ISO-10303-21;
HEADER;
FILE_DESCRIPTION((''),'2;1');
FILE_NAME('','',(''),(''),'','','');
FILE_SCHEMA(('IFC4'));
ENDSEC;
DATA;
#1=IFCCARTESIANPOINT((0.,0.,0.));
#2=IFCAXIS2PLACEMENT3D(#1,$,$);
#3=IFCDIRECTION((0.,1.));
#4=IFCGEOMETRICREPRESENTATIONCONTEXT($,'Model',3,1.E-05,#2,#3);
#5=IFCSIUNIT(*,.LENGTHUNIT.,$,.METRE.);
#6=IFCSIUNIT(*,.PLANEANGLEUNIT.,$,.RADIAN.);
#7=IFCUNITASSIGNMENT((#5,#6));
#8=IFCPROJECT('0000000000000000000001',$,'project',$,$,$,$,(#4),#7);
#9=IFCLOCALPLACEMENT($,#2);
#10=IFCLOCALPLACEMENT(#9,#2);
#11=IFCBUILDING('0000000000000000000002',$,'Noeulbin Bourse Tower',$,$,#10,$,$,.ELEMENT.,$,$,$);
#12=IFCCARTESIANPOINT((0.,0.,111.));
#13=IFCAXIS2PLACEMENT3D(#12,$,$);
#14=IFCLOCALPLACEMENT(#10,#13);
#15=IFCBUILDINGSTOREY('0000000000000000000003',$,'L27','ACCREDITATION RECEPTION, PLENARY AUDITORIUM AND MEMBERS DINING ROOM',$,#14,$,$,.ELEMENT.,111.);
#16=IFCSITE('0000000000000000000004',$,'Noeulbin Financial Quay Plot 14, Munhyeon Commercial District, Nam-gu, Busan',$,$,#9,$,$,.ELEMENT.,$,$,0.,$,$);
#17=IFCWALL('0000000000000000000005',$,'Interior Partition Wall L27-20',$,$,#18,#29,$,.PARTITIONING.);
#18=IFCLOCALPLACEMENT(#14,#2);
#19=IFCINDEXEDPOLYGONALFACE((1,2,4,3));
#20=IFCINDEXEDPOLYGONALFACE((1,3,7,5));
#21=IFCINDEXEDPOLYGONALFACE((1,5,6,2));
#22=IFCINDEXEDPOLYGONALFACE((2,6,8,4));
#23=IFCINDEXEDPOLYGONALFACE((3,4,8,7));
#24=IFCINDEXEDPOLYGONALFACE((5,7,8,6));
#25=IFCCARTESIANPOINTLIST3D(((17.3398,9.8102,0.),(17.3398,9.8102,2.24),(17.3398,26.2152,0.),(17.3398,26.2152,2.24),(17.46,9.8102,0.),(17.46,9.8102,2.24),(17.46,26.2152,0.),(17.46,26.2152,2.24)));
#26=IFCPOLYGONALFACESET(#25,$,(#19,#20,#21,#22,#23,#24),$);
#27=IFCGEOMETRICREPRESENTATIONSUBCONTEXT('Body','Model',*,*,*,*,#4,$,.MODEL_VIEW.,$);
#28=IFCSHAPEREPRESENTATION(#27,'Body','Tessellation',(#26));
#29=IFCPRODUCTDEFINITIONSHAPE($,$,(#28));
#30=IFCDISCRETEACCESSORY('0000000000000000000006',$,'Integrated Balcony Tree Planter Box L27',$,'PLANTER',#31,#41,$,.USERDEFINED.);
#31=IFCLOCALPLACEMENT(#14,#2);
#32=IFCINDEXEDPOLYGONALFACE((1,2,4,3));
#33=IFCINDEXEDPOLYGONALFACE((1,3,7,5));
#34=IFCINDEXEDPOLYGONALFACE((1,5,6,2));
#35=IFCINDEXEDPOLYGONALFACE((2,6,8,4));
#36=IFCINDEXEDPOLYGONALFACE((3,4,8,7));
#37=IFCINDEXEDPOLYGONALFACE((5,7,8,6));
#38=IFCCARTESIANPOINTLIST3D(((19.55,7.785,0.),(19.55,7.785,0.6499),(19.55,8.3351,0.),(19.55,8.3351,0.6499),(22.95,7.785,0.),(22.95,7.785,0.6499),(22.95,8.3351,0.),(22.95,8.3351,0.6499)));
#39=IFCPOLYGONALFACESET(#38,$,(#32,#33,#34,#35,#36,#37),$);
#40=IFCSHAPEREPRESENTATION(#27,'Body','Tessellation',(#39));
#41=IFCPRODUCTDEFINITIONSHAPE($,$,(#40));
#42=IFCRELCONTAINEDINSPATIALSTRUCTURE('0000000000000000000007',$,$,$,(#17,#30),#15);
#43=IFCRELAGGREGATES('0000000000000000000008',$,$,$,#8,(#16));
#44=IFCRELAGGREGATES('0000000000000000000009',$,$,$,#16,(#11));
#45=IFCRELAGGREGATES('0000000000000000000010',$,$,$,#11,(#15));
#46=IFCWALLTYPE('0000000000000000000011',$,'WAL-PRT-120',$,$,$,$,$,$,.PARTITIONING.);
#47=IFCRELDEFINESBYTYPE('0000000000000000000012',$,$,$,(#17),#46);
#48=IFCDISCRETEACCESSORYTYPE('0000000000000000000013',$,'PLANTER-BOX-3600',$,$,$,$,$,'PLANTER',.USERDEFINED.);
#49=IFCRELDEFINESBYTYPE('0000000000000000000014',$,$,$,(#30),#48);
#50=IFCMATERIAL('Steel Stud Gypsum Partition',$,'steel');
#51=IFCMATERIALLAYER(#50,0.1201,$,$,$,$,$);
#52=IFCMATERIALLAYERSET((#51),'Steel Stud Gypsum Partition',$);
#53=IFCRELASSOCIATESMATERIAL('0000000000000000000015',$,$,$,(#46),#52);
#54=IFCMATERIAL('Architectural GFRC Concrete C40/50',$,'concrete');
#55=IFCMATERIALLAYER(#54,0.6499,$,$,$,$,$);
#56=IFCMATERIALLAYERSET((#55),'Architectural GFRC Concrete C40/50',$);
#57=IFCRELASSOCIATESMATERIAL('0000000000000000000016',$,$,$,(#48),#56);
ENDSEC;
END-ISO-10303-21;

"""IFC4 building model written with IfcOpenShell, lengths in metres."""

from ifc_helpers import new_model, si_unit, direction, frame, frame_2d, origin, origin_2d, place, context, subcontext, project, spatial, rectangle, extrude, material, layer, layer_set, type_object, element, save


model = new_model("IFC4")

# Units and contexts
model_context = context("Model", 3, precision=1e-05, world=origin(), true_north=direction((0.0, 1.0)))
body_context = subcontext(model_context, "Body", "Model", "MODEL_VIEW")
ifc_project = project(units=[si_unit("LENGTHUNIT", "METRE"), si_unit("PLANEANGLEUNIT", "RADIAN")], contexts=[model_context])

# Site, building, storey
site_placement = place(None, origin())
site = spatial("IfcSite", under=ifc_project, at=site_placement, Name="Noeulbin Financial Quay Plot 14, Munhyeon Commercial District, Nam-gu, Busan", CompositionType="ELEMENT", RefElevation=0.0)
building_placement = place(site_placement, origin())
building = spatial("IfcBuilding", under=site, at=building_placement, Name="Noeulbin Bourse Tower", CompositionType="ELEMENT")
storey_placement = place(building_placement, frame((0.0, 0.0, 111.0)))
storey = spatial("IfcBuildingStorey", under=building, at=storey_placement, Name="L27", Description="ACCREDITATION RECEPTION, PLENARY AUDITORIUM AND MEMBERS DINING ROOM", CompositionType="ELEMENT", Elevation=111.0)

# Wall
ifc_material_1 = material(Name="Steel Stud Gypsum Partition", Category="steel")
ifc_layer_1 = layer(ifc_material_1, 0.1201)
ifc_layer_set_1 = layer_set([ifc_layer_1], Name="Steel Stud Gypsum Partition")
wall_type_1 = type_object("IfcWallType", Name="WAL-PRT-120", PredefinedType="PARTITIONING", material=ifc_layer_set_1)
wall_1_placement = place(storey_placement, frame((17.3999, 9.8101, 0.0), z_axis=(0.0, 0.0, 1.0), x_axis=(0.0, 1.0, 0.0)))
element("IfcWall", 1, at=wall_1_placement, inside=storey, type_object=wall_type_1, Name="Interior Partition Wall L27-20", PredefinedType="PARTITIONING", context=body_context, shape_type="SweptSolid", body=[
    extrude(rectangle(XDim=16.405, YDim=0.1201, at=frame_2d((8.2026, 0.0))), origin(), (0.0, 0.0, 1.0), 2.24),
])

# Discrete accessory
ifc_material_2 = material(Name="Architectural GFRC Concrete C40/50", Category="concrete")
ifc_layer_2 = layer(ifc_material_2, 0.6499)
ifc_layer_set_2 = layer_set([ifc_layer_2], Name="Architectural GFRC Concrete C40/50")
discrete_accessory_type = type_object("IfcDiscreteAccessoryType", Name="PLANTER-BOX-3600", ElementType="PLANTER", PredefinedType="USERDEFINED", material=ifc_layer_set_2)
discrete_accessory_placement = place(storey_placement, frame((21.25, 8.0601, 0.0), z_axis=(0.0, 0.0, 1.0), x_axis=(1.0, 0.0, 0.0)))
element("IfcDiscreteAccessory", 2, at=discrete_accessory_placement, inside=storey, type_object=discrete_accessory_type, Name="Integrated Balcony Tree Planter Box L27", ObjectType="PLANTER", PredefinedType="USERDEFINED", context=body_context, shape_type="SweptSolid", body=[
    extrude(rectangle(XDim=3.3999, YDim=0.55, at=origin_2d()), origin(), (0.0, 0.0, 1.0), 0.6499),
])

save(model, "model.ifc")
